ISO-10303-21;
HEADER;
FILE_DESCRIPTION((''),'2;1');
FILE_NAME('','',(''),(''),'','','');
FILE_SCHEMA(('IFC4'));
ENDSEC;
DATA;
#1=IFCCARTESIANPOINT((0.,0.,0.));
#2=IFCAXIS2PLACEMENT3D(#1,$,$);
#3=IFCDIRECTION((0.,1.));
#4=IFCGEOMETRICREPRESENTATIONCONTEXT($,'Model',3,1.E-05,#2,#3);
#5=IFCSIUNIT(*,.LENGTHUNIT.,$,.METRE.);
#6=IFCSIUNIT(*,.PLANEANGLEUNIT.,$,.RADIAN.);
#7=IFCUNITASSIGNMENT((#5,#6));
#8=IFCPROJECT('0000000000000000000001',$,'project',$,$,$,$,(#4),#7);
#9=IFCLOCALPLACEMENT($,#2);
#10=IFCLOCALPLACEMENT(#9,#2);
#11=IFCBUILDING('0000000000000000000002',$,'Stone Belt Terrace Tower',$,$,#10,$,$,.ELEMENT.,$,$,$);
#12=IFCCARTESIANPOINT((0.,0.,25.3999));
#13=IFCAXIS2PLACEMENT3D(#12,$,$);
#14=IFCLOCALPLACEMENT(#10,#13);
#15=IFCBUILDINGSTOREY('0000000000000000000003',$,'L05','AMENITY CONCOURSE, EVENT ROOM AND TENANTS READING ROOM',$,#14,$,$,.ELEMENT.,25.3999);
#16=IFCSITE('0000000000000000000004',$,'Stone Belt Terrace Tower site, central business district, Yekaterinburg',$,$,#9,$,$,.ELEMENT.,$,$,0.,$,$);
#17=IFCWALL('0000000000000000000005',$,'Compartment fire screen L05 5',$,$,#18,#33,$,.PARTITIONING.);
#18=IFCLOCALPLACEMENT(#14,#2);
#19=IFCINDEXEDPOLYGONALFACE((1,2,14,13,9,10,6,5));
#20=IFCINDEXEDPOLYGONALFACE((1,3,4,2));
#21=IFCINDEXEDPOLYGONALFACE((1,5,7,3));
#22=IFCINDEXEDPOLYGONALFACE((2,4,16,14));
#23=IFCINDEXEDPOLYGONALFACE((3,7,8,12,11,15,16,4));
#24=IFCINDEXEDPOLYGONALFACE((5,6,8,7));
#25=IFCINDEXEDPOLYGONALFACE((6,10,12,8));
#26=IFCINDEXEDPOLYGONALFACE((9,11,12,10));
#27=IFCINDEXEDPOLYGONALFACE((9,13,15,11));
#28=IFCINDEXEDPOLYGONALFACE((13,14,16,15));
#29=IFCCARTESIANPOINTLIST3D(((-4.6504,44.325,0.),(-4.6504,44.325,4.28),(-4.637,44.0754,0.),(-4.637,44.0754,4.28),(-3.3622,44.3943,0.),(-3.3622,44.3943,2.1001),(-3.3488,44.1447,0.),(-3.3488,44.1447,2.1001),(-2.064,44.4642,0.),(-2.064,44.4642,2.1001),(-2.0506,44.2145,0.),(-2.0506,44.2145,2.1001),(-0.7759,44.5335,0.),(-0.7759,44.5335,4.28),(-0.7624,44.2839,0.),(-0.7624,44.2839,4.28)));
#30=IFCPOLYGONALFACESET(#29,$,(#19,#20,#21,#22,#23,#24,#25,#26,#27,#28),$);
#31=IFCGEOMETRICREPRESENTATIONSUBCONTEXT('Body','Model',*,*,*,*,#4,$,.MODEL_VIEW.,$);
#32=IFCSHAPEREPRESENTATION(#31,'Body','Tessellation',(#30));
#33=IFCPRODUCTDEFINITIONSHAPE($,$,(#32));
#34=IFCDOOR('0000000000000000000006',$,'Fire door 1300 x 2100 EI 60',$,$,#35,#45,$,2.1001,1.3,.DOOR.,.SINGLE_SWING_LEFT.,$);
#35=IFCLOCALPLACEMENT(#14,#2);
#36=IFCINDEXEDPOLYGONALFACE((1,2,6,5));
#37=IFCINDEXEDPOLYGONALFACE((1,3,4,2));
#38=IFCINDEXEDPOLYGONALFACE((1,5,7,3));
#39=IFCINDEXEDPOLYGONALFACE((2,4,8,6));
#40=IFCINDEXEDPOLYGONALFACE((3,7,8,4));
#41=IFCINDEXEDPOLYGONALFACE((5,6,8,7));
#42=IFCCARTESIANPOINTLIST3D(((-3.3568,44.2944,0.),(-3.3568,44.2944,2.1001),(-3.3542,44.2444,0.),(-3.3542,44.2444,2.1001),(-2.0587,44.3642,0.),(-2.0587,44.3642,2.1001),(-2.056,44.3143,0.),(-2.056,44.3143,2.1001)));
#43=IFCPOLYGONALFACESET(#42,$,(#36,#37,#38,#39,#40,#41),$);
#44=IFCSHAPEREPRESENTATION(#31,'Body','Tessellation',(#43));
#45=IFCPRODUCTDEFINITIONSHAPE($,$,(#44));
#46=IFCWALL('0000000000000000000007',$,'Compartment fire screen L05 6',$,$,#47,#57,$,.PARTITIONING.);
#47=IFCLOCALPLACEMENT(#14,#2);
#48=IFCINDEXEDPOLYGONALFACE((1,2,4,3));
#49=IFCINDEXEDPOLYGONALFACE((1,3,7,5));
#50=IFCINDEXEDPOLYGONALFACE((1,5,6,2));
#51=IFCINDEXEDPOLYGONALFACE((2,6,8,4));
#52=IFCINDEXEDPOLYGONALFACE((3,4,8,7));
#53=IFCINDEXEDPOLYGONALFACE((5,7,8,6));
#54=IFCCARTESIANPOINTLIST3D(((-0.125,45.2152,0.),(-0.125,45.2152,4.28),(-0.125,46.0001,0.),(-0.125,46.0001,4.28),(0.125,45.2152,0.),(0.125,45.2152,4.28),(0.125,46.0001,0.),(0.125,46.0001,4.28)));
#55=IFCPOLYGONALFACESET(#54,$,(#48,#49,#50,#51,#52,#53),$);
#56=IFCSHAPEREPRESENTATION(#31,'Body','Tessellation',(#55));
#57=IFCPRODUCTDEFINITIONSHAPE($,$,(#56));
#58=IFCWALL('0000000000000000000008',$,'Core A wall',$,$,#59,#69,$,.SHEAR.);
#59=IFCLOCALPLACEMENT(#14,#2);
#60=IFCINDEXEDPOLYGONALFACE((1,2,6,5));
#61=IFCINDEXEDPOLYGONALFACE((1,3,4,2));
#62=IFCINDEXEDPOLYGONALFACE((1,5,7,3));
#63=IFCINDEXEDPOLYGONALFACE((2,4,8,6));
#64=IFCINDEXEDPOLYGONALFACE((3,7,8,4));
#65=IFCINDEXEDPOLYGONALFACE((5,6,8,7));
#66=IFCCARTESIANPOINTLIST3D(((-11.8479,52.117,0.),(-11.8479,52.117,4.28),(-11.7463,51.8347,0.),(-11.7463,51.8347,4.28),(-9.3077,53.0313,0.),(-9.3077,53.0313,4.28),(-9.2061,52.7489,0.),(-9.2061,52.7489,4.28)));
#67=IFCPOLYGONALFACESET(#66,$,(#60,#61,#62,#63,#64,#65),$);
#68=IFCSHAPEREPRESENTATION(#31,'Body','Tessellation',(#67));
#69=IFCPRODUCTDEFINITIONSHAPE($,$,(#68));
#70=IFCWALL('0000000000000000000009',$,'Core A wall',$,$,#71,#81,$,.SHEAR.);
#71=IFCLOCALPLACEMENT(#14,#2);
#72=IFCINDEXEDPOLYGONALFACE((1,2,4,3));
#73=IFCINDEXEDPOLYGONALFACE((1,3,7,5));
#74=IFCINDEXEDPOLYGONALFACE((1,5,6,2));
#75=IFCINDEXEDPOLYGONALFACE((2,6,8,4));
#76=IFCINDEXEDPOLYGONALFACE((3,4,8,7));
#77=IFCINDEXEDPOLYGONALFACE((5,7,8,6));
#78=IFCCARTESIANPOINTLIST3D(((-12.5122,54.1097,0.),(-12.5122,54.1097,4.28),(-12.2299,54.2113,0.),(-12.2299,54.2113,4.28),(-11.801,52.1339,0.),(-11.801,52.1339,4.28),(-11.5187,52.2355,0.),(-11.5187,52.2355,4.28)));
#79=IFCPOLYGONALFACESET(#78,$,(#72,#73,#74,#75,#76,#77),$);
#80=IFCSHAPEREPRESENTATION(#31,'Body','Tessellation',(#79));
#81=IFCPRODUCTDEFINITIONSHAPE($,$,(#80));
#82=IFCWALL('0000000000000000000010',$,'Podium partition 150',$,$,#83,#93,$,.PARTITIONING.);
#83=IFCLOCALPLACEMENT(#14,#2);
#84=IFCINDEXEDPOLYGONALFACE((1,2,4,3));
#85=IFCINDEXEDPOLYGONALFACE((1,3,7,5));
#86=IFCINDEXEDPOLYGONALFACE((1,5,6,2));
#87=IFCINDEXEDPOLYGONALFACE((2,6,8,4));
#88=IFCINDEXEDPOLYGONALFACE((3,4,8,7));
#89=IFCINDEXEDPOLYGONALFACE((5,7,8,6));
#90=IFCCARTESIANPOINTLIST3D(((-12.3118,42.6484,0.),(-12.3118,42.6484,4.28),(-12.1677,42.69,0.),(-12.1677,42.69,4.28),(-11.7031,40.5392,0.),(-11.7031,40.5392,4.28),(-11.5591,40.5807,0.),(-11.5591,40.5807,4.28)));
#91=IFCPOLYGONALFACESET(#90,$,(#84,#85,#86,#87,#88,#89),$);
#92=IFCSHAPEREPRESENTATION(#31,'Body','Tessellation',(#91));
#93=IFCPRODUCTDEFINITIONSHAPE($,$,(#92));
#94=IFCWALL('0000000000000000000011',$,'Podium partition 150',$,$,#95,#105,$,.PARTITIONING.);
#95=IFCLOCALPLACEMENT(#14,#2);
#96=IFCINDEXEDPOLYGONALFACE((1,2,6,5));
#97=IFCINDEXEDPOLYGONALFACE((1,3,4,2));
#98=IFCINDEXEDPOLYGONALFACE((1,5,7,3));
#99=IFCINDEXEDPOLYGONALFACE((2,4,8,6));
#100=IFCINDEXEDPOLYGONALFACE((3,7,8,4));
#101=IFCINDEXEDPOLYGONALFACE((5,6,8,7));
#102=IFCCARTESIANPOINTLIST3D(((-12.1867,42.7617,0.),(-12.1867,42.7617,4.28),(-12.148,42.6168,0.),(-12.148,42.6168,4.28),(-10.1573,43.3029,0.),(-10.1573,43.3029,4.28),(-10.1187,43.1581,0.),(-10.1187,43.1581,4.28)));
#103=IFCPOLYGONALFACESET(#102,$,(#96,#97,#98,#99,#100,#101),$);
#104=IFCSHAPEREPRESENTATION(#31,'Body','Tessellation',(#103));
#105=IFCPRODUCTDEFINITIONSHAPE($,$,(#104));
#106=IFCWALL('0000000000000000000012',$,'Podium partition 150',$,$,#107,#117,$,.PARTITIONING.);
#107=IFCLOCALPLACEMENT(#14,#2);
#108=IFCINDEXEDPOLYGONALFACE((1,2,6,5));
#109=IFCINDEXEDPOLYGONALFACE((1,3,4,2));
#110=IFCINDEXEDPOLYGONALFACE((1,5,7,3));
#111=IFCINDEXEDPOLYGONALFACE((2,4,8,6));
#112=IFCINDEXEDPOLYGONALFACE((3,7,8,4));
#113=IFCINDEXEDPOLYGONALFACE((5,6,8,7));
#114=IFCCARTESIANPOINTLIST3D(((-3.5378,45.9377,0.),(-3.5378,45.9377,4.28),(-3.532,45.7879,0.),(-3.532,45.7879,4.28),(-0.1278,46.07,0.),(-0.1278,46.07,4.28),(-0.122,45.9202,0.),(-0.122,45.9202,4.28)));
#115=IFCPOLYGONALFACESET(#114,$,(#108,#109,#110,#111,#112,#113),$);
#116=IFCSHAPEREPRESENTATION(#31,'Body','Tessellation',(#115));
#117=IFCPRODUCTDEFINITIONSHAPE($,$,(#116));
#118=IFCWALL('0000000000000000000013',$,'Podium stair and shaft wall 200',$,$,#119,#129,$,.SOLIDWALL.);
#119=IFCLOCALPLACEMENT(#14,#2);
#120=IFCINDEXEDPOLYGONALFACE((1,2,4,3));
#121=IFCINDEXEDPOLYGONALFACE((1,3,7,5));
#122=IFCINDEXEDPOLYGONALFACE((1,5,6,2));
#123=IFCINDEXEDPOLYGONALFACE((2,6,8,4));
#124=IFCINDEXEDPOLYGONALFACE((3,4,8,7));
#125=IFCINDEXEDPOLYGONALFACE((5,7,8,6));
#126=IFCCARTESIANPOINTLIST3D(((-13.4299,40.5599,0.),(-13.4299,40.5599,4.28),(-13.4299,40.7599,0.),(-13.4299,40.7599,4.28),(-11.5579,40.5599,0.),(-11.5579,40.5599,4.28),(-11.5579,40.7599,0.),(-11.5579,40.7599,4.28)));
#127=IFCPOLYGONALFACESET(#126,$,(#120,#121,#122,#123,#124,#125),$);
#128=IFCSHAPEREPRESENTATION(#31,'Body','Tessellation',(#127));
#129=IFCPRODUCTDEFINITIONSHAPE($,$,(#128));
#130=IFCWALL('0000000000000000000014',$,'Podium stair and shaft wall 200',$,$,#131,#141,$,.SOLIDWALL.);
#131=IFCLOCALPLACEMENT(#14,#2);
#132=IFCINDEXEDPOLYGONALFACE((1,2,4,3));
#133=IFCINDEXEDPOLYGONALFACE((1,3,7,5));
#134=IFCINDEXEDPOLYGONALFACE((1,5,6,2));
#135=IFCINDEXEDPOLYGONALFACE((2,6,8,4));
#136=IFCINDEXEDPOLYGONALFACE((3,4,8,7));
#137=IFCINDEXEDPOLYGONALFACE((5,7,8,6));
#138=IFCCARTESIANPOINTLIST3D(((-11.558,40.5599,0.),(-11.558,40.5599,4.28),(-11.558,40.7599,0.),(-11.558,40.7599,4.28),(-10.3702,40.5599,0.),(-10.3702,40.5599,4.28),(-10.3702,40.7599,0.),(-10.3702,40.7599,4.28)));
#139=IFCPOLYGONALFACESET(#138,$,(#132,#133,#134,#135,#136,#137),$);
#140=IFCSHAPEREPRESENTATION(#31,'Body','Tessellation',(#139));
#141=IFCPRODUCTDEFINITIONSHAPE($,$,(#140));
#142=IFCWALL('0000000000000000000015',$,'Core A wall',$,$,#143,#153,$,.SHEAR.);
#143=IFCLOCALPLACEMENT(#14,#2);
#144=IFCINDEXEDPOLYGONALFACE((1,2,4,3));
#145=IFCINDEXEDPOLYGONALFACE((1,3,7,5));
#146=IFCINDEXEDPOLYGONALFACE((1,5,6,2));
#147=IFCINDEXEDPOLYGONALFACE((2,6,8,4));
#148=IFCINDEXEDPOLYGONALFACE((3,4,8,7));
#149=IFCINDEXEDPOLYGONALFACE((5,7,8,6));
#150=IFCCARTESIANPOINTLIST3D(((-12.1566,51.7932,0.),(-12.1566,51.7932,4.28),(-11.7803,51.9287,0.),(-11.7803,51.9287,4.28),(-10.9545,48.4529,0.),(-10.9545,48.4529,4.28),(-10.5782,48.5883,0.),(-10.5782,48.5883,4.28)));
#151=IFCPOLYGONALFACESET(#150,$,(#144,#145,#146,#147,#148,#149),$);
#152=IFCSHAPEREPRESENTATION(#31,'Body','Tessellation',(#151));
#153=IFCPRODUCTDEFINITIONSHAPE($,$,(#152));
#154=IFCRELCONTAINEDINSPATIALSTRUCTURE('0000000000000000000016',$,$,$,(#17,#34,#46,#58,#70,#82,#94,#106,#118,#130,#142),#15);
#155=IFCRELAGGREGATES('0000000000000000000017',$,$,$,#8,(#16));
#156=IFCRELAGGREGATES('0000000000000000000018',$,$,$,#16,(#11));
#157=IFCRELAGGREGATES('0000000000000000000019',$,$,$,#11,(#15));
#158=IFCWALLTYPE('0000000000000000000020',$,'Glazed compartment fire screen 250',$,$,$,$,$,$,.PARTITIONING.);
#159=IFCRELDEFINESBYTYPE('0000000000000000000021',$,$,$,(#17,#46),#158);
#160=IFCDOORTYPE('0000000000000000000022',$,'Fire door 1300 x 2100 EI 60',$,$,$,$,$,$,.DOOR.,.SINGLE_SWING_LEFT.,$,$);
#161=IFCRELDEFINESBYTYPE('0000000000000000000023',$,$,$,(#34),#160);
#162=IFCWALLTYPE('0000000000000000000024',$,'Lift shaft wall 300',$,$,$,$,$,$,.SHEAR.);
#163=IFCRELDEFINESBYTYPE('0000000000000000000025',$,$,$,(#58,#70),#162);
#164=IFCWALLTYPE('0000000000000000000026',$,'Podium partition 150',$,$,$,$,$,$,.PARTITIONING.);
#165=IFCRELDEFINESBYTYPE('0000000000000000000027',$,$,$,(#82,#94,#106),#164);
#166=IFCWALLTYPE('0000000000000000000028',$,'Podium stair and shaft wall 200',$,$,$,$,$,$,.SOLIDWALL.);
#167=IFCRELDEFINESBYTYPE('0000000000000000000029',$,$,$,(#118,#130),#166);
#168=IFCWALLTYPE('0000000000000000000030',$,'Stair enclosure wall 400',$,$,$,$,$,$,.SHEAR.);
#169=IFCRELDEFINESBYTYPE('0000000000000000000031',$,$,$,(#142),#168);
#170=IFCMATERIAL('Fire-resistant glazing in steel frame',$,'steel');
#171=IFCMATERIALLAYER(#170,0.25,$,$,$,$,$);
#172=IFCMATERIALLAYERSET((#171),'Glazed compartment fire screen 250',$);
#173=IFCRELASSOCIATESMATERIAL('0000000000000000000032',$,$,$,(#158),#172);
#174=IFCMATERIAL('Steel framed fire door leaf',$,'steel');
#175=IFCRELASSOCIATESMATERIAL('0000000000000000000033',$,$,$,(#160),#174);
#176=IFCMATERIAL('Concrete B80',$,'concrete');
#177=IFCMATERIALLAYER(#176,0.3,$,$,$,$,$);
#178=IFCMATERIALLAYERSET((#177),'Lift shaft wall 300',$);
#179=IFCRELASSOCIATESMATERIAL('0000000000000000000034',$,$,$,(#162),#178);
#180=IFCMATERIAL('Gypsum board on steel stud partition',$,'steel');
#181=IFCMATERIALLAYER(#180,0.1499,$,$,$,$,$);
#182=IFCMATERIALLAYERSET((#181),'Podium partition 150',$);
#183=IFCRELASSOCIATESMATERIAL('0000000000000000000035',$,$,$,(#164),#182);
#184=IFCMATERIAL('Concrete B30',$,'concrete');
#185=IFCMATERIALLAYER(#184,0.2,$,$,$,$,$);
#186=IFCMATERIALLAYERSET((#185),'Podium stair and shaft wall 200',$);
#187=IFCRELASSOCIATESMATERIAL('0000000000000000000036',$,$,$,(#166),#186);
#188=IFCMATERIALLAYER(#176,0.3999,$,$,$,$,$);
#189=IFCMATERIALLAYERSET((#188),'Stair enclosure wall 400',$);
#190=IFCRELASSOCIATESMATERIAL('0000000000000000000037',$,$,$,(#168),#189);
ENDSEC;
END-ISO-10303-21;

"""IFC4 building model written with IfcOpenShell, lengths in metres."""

from ifc_helpers import new_model, si_unit, direction, frame, frame_2d, origin, place, context, subcontext, project, spatial, rectangle, extrude, material, layer, layer_set, type_object, element, fill, save


model = new_model("IFC4")

# Units and contexts
model_context = context("Model", 3, precision=1e-05, world=origin(), true_north=direction((0.0, 1.0)))
body_context = subcontext(model_context, "Body", "Model", "MODEL_VIEW")
ifc_project = project(units=[si_unit("LENGTHUNIT", "METRE"), si_unit("PLANEANGLEUNIT", "RADIAN")], contexts=[model_context])

# Site, building, storey
site_placement = place(None, origin())
site = spatial("IfcSite", under=ifc_project, at=site_placement, Name="Stone Belt Terrace Tower site, central business district, Yekaterinburg", CompositionType="ELEMENT", RefElevation=0.0)
building_placement = place(site_placement, origin())
building = spatial("IfcBuilding", under=site, at=building_placement, Name="Stone Belt Terrace Tower", CompositionType="ELEMENT")
storey_placement = place(building_placement, frame((0.0, 0.0, 25.3999)))
storey = spatial("IfcBuildingStorey", under=building, at=storey_placement, Name="L05", Description="AMENITY CONCOURSE, EVENT ROOM AND TENANTS READING ROOM", CompositionType="ELEMENT", Elevation=25.3999)

# Shared definitions
ifc_material_1 = material(Name="Concrete B80", Category="concrete")

# Shared definitions
ifc_material_2 = material(Name="Concrete B30", Category="concrete")

# Shared definitions
ifc_material_3 = material(Name="Fire-resistant glazing in steel frame", Category="steel")
ifc_layer_1 = layer(ifc_material_3, 0.25)
ifc_layer_set_1 = layer_set([ifc_layer_1], Name="Glazed compartment fire screen 250")
wall_type_1 = type_object("IfcWallType", Name="Glazed compartment fire screen 250", PredefinedType="PARTITIONING", material=ifc_layer_set_1)

# Wall, opening, door
wall_1_placement = place(storey_placement, frame((-4.6436, 44.2002, 0.0), z_axis=(0.0, 0.0, 1.0), x_axis=(0.998555, 0.053734, 0.0)))
wall_1 = element("IfcWall", 1, at=wall_1_placement, inside=storey, type_object=wall_type_1, Name="Compartment fire screen L05 5", PredefinedType="PARTITIONING", context=body_context, shape_type="SweptSolid", body=[
    extrude(rectangle(XDim=3.8801, YDim=0.25, at=frame_2d((1.9399, 0.0))), origin(), (0.0, 0.0, 1.0), 4.28),
])
opening_1_placement = place(wall_1_placement, frame((1.29, 0.0, 0.0)))
opening_1 = element("IfcOpeningElement", 2, at=opening_1_placement, cuts=wall_1, PredefinedType="OPENING", context=body_context, shape_type="SweptSolid", body=[
    extrude(rectangle(XDim=1.3, YDim=2.1001, at=frame_2d((0.6499, 1.05))), frame((0.0, 0.135, 0.0), z_axis=(0.0, -1.0, 0.0), x_axis=(1.0, 0.0, 0.0)), (0.0, 0.0, 1.0), 0.27),
])
ifc_material_4 = material(Name="Steel framed fire door leaf", Category="steel")
door_type_1 = type_object("IfcDoorType", Name="Fire door 1300 x 2100 EI 60", OperationType="SINGLE_SWING_LEFT", PredefinedType="DOOR", material=ifc_material_4)
door_1_placement = place(opening_1_placement, origin())
door_1 = element("IfcDoor", 3, at=door_1_placement, inside=storey, type_object=door_type_1, Name="Fire door 1300 x 2100 EI 60", OperationType="SINGLE_SWING_LEFT", OverallHeight=2.1001, OverallWidth=1.3, PredefinedType="DOOR", context=body_context, shape_type="SweptSolid", body=[
    extrude(rectangle(XDim=1.3, YDim=2.1001, at=frame_2d((0.6499, 1.05))), frame((0.0, 0.0249, 0.0), z_axis=(0.0, -1.0, 0.0), x_axis=(1.0, 0.0, 0.0)), (0.0, 0.0, 1.0), 0.05),
])
fill(opening_1, door_1)

# Walls
wall_2_placement = place(storey_placement, frame((0.0, 45.2151, 0.0), z_axis=(0.0, 0.0, 1.0), x_axis=(0.0, 1.0, 0.0)))
element("IfcWall", 4, at=wall_2_placement, inside=storey, type_object=wall_type_1, Name="Compartment fire screen L05 6", PredefinedType="PARTITIONING", context=body_context, shape_type="SweptSolid", body=[
    extrude(rectangle(XDim=0.7849, YDim=0.25, at=frame_2d((0.3926, 0.0))), origin(), (0.0, 0.0, 1.0), 4.28),
])
ifc_layer_2 = layer(ifc_material_1, 0.3)
ifc_layer_set_2 = layer_set([ifc_layer_2], Name="Lift shaft wall 300")
wall_type_2 = type_object("IfcWallType", Name="Lift shaft wall 300", PredefinedType="SHEAR", material=ifc_layer_set_2)
wall_3_placement = place(storey_placement, frame((-11.7971, 51.9758, 0.0), z_axis=(0.0, 0.0, 1.0), x_axis=(0.94091, 0.338655, 0.0)))
element("IfcWall", 5, at=wall_3_placement, inside=storey, type_object=wall_type_2, Name="Core A wall", PredefinedType="SHEAR", context=body_context, shape_type="SweptSolid", body=[
    extrude(rectangle(XDim=2.6997, YDim=0.3, at=frame_2d((1.3499, 0.0))), origin(), (0.0, 0.0, 1.0), 4.28),
])
wall_4_placement = place(storey_placement, frame((-11.6599, 52.1848, 0.0), z_axis=(0.0, 0.0, 1.0), x_axis=(-0.33867, 0.940905, 0.0)))
element("IfcWall", 6, at=wall_4_placement, inside=storey, type_object=wall_type_2, Name="Core A wall", PredefinedType="SHEAR", context=body_context, shape_type="SweptSolid", body=[
    extrude(rectangle(XDim=2.0999, YDim=0.3, at=frame_2d((1.0498, 0.0))), origin(), (0.0, 0.0, 1.0), 4.28),
])
ifc_material_5 = material(Name="Gypsum board on steel stud partition", Category="steel")
ifc_layer_3 = layer(ifc_material_5, 0.1499)
ifc_layer_set_3 = layer_set([ifc_layer_3], Name="Podium partition 150")
wall_type_3 = type_object("IfcWallType", Name="Podium partition 150", PredefinedType="PARTITIONING", material=ifc_layer_set_3)
wall_5_placement = place(storey_placement, frame((-12.2397, 42.6692, 0.0), z_axis=(0.0, 0.0, 1.0), x_axis=(0.277261, -0.960795, 0.0)))
element("IfcWall", 7, at=wall_5_placement, inside=storey, type_object=wall_type_3, Name="Podium partition 150", PredefinedType="PARTITIONING", context=body_context, shape_type="SweptSolid", body=[
    extrude(rectangle(XDim=2.1953, YDim=0.1499, at=frame_2d((1.0977, 0.0))), origin(), (0.0, 0.0, 1.0), 4.28),
])
wall_6_placement = place(storey_placement, frame((-12.1675, 42.6892, 0.0), z_axis=(0.0, 0.0, 1.0), x_axis=(0.966221, 0.257713, 0.0)))
element("IfcWall", 8, at=wall_6_placement, inside=storey, type_object=wall_type_3, Name="Podium partition 150", PredefinedType="PARTITIONING", context=body_context, shape_type="SweptSolid", body=[
    extrude(rectangle(XDim=2.1003, YDim=0.1499, at=frame_2d((1.0503, 0.0))), origin(), (0.0, 0.0, 1.0), 4.28),
])
wall_7_placement = place(storey_placement, frame((-3.5349, 45.8628, 0.0), z_axis=(0.0, 0.0, 1.0), x_axis=(0.999248, 0.038777, 0.0)))
element("IfcWall", 9, at=wall_7_placement, inside=storey, type_object=wall_type_3, Name="Podium partition 150", PredefinedType="PARTITIONING", context=body_context, shape_type="SweptSolid", body=[
    extrude(rectangle(XDim=3.4126, YDim=0.1499, at=frame_2d((1.7063, 0.0))), origin(), (0.0, 0.0, 1.0), 4.28),
])
ifc_layer_4 = layer(ifc_material_2, 0.2)
ifc_layer_set_4 = layer_set([ifc_layer_4], Name="Podium stair and shaft wall 200")
wall_type_4 = type_object("IfcWallType", Name="Podium stair and shaft wall 200", PredefinedType="SOLIDWALL", material=ifc_layer_set_4)
wall_8_placement = place(storey_placement, frame((-13.4299, 40.6599, 0.0), z_axis=(0.0, 0.0, 1.0), x_axis=(1.0, 0.0, 0.0)))
element("IfcWall", 10, at=wall_8_placement, inside=storey, type_object=wall_type_4, Name="Podium stair and shaft wall 200", PredefinedType="SOLIDWALL", context=body_context, shape_type="SweptSolid", body=[
    extrude(rectangle(XDim=1.8721, YDim=0.2, at=frame_2d((0.936, 0.0))), origin(), (0.0, 0.0, 1.0), 4.28),
])
wall_9_placement = place(storey_placement, frame((-11.5579, 40.6599, 0.0), z_axis=(0.0, 0.0, 1.0), x_axis=(1.0, 0.0, 0.0)))
element("IfcWall", 11, at=wall_9_placement, inside=storey, type_object=wall_type_4, Name="Podium stair and shaft wall 200", PredefinedType="SOLIDWALL", context=body_context, shape_type="SweptSolid", body=[
    extrude(rectangle(XDim=1.1877, YDim=0.2, at=frame_2d((0.5938, 0.0))), origin(), (0.0, 0.0, 1.0), 4.28),
])
ifc_layer_5 = layer(ifc_material_1, 0.3999)
ifc_layer_set_5 = layer_set([ifc_layer_5], Name="Stair enclosure wall 400")
wall_type_5 = type_object("IfcWallType", Name="Stair enclosure wall 400", PredefinedType="SHEAR", material=ifc_layer_set_5)
wall_10_placement = place(storey_placement, frame((-10.7664, 48.5208, 0.0), z_axis=(0.0, 0.0, 1.0), x_axis=(-0.338627, 0.940921, 0.0)))
element("IfcWall", 12, at=wall_10_placement, inside=storey, type_object=wall_type_5, Name="Core A wall", PredefinedType="SHEAR", context=body_context, shape_type="SweptSolid", body=[
    extrude(rectangle(XDim=3.55, YDim=0.3999, at=frame_2d((1.7749, 0.0))), origin(), (0.0, 0.0, 1.0), 4.28),
])

save(model, "model.ifc")
